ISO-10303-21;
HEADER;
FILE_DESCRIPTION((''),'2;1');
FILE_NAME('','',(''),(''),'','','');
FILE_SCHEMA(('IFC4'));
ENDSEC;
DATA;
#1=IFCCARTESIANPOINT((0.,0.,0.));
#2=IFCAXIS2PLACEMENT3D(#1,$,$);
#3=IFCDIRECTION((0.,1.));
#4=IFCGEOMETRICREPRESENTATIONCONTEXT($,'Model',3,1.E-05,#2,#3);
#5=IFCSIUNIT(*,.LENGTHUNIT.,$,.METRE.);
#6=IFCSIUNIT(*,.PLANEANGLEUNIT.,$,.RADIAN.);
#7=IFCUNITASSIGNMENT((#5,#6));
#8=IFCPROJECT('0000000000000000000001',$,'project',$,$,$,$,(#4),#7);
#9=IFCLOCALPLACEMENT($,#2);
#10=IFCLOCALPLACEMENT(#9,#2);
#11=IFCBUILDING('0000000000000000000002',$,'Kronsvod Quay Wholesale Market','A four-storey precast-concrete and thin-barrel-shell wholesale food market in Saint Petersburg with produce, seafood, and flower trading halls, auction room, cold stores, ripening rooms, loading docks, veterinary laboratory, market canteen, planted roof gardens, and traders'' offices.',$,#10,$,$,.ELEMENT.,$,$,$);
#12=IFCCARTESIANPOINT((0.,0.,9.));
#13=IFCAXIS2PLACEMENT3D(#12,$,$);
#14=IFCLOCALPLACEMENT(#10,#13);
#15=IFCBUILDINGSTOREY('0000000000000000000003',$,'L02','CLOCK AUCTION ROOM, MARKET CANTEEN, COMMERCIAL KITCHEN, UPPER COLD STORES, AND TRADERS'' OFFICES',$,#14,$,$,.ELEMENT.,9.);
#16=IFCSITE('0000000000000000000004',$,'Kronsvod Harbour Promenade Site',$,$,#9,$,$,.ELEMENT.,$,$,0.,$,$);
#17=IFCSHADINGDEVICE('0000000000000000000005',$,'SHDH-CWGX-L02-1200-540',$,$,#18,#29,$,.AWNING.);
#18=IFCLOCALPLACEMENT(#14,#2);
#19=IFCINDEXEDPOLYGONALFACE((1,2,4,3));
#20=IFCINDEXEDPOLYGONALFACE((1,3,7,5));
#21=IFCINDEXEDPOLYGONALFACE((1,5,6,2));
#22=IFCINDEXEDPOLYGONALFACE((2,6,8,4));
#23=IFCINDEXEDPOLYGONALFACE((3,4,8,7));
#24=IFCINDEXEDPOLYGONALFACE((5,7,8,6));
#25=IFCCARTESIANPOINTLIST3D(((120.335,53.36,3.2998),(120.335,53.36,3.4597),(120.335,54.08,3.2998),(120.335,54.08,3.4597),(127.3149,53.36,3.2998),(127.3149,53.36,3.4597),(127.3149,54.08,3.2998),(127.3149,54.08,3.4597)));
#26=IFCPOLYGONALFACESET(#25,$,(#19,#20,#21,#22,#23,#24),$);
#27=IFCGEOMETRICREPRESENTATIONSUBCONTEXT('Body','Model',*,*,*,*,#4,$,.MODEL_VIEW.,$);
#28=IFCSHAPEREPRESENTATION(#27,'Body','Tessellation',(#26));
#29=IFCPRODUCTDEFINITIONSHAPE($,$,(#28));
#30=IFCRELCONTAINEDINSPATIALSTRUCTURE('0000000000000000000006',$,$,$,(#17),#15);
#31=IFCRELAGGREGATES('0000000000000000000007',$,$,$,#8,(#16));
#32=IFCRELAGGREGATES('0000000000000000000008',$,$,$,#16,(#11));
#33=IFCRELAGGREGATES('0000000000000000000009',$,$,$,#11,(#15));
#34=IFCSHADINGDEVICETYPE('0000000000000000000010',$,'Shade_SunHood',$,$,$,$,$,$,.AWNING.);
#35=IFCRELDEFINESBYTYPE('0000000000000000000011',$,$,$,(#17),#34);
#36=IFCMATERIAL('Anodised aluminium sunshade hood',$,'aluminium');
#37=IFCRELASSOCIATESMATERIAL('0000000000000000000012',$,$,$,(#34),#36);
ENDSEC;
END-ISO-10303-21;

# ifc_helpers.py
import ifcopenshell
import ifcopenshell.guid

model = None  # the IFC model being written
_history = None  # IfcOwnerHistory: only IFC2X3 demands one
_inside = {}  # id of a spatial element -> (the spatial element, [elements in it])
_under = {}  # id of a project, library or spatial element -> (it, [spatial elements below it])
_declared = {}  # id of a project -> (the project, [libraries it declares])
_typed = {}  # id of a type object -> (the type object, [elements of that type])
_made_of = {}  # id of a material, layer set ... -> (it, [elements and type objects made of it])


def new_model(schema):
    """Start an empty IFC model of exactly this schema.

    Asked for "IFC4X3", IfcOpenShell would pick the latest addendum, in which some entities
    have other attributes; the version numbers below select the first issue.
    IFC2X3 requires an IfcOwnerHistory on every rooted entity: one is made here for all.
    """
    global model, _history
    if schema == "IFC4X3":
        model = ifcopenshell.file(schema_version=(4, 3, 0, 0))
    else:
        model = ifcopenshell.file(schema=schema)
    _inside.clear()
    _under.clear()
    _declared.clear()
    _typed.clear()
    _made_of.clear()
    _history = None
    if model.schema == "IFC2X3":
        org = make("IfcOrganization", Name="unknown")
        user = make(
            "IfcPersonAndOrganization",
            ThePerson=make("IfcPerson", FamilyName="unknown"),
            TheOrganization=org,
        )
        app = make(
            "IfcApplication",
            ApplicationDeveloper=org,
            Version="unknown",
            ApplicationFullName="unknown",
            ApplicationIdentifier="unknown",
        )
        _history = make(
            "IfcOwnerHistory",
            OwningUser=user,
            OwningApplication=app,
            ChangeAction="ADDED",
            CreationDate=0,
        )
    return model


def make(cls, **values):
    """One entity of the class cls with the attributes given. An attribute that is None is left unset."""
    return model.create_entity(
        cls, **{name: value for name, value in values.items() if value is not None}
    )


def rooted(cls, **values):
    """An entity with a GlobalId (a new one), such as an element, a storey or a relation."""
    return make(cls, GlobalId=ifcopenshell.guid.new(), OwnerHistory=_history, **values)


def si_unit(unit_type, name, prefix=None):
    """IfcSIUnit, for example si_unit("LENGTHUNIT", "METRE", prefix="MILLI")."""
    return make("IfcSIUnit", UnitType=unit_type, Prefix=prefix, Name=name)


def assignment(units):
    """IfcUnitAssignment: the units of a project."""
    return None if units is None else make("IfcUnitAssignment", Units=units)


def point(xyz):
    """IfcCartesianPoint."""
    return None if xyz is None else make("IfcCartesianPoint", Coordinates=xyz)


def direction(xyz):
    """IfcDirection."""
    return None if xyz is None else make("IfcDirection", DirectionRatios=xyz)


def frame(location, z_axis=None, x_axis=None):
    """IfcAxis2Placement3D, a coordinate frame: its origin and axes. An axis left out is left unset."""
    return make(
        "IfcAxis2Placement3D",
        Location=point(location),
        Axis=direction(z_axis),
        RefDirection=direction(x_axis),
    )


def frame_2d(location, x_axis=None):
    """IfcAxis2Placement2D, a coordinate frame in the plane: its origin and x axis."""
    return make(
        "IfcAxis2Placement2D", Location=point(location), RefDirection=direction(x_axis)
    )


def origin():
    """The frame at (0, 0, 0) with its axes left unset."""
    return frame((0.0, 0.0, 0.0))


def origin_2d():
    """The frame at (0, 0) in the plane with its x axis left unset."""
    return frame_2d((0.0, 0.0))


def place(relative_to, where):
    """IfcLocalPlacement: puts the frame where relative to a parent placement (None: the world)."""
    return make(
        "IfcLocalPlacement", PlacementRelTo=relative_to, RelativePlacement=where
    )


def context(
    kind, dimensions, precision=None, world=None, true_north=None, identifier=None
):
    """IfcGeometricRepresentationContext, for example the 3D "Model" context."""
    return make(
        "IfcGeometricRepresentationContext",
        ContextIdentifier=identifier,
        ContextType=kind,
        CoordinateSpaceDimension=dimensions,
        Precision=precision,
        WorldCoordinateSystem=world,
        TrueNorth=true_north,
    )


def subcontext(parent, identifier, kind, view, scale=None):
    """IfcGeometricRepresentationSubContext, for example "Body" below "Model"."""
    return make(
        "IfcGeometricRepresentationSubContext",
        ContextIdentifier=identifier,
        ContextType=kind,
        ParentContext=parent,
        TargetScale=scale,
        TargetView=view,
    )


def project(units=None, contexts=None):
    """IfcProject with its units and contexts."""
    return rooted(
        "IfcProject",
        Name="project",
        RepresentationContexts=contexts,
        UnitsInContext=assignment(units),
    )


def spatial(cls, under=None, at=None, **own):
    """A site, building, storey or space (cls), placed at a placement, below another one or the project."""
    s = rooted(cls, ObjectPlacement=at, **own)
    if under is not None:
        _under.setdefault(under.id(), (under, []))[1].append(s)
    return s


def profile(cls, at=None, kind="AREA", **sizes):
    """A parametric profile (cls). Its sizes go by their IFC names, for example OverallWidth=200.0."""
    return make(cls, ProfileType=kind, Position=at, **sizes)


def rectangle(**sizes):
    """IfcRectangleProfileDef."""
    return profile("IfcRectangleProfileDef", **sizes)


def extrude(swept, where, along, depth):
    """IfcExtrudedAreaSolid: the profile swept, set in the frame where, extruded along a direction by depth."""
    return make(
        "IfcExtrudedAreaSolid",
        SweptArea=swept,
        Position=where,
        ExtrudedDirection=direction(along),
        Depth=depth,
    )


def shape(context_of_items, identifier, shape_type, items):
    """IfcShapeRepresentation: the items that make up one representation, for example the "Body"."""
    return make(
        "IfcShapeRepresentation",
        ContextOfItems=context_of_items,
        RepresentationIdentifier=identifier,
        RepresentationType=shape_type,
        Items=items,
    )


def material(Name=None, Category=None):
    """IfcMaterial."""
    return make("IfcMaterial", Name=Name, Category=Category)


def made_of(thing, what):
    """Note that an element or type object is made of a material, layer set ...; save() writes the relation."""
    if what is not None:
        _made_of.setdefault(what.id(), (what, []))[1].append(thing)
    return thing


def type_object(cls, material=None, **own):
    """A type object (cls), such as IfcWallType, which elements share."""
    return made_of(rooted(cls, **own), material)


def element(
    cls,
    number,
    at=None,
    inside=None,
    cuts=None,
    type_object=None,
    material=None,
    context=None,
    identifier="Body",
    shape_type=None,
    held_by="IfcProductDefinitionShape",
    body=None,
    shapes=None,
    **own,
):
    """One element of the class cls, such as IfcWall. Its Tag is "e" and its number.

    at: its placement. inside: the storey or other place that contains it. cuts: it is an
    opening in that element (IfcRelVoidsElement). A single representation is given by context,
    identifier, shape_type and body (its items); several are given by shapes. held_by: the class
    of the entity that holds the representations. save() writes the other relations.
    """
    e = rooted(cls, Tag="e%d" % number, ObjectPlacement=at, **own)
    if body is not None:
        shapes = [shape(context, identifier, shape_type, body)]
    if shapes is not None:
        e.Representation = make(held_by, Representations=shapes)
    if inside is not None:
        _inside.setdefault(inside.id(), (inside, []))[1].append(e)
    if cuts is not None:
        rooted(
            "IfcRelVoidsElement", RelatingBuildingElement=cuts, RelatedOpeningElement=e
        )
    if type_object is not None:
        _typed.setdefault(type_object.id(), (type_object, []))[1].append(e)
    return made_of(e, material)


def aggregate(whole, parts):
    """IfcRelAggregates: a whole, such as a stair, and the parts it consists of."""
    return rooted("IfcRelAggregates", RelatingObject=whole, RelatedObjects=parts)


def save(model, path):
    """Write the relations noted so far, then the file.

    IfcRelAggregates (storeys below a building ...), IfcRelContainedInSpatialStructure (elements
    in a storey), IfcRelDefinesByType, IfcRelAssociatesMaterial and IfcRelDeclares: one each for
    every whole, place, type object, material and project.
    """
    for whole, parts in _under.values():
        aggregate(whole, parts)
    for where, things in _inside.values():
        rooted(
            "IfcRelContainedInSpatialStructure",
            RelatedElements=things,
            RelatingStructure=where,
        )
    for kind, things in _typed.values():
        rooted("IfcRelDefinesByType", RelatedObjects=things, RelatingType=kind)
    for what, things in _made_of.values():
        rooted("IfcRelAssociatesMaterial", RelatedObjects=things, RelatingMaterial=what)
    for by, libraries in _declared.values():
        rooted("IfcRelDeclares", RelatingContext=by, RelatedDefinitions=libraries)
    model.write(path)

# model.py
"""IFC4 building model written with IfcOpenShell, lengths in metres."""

from ifc_helpers import new_model, si_unit, direction, frame, origin, origin_2d, place, context, subcontext, project, spatial, rectangle, extrude, material, type_object, element, save


model = new_model("IFC4")

# Units and contexts
model_context = context("Model", 3, precision=1e-05, world=origin(), true_north=direction((0.0, 1.0)))
body_context = subcontext(model_context, "Body", "Model", "MODEL_VIEW")
ifc_project = project(units=[si_unit("LENGTHUNIT", "METRE"), si_unit("PLANEANGLEUNIT", "RADIAN")], contexts=[model_context])

# Site, building, storey
site_placement = place(None, origin())
site = spatial("IfcSite", under=ifc_project, at=site_placement, Name="Kronsvod Harbour Promenade Site", CompositionType="ELEMENT", RefElevation=0.0)
building_placement = place(site_placement, origin())
building = spatial("IfcBuilding", under=site, at=building_placement, Name="Kronsvod Quay Wholesale Market", Description="A four-storey precast-concrete and thin-barrel-shell wholesale food market in Saint Petersburg with produce, seafood, and flower trading halls, auction room, cold stores, ripening rooms, loading docks, veterinary laboratory, market canteen, planted roof gardens, and traders' offices.", CompositionType="ELEMENT")
storey_placement = place(building_placement, frame((0.0, 0.0, 9.0)))
storey = spatial("IfcBuildingStorey", under=building, at=storey_placement, Name="L02", Description="CLOCK AUCTION ROOM, MARKET CANTEEN, COMMERCIAL KITCHEN, UPPER COLD STORES, AND TRADERS' OFFICES", CompositionType="ELEMENT", Elevation=9.0)

# Shading device
ifc_material_1 = material(Name="Anodised aluminium sunshade hood", Category="aluminium")
shading_device_type_1 = type_object("IfcShadingDeviceType", Name="Shade_SunHood", PredefinedType="AWNING", material=ifc_material_1)
shading_device_placement = place(storey_placement, frame((123.825, 53.72, 3.2998), z_axis=(0.0, 0.0, 1.0), x_axis=(1.0, 0.0, 0.0)))
element("IfcShadingDevice", 1, at=shading_device_placement, inside=storey, type_object=shading_device_type_1, Name="SHDH-CWGX-L02-1200-540", PredefinedType="AWNING", context=body_context, shape_type="SweptSolid", body=[
    extrude(rectangle(XDim=6.98, YDim=0.72, at=origin_2d()), origin(), (0.0, 0.0, 1.0), 0.1599),
])

save(model, "model.ifc")
